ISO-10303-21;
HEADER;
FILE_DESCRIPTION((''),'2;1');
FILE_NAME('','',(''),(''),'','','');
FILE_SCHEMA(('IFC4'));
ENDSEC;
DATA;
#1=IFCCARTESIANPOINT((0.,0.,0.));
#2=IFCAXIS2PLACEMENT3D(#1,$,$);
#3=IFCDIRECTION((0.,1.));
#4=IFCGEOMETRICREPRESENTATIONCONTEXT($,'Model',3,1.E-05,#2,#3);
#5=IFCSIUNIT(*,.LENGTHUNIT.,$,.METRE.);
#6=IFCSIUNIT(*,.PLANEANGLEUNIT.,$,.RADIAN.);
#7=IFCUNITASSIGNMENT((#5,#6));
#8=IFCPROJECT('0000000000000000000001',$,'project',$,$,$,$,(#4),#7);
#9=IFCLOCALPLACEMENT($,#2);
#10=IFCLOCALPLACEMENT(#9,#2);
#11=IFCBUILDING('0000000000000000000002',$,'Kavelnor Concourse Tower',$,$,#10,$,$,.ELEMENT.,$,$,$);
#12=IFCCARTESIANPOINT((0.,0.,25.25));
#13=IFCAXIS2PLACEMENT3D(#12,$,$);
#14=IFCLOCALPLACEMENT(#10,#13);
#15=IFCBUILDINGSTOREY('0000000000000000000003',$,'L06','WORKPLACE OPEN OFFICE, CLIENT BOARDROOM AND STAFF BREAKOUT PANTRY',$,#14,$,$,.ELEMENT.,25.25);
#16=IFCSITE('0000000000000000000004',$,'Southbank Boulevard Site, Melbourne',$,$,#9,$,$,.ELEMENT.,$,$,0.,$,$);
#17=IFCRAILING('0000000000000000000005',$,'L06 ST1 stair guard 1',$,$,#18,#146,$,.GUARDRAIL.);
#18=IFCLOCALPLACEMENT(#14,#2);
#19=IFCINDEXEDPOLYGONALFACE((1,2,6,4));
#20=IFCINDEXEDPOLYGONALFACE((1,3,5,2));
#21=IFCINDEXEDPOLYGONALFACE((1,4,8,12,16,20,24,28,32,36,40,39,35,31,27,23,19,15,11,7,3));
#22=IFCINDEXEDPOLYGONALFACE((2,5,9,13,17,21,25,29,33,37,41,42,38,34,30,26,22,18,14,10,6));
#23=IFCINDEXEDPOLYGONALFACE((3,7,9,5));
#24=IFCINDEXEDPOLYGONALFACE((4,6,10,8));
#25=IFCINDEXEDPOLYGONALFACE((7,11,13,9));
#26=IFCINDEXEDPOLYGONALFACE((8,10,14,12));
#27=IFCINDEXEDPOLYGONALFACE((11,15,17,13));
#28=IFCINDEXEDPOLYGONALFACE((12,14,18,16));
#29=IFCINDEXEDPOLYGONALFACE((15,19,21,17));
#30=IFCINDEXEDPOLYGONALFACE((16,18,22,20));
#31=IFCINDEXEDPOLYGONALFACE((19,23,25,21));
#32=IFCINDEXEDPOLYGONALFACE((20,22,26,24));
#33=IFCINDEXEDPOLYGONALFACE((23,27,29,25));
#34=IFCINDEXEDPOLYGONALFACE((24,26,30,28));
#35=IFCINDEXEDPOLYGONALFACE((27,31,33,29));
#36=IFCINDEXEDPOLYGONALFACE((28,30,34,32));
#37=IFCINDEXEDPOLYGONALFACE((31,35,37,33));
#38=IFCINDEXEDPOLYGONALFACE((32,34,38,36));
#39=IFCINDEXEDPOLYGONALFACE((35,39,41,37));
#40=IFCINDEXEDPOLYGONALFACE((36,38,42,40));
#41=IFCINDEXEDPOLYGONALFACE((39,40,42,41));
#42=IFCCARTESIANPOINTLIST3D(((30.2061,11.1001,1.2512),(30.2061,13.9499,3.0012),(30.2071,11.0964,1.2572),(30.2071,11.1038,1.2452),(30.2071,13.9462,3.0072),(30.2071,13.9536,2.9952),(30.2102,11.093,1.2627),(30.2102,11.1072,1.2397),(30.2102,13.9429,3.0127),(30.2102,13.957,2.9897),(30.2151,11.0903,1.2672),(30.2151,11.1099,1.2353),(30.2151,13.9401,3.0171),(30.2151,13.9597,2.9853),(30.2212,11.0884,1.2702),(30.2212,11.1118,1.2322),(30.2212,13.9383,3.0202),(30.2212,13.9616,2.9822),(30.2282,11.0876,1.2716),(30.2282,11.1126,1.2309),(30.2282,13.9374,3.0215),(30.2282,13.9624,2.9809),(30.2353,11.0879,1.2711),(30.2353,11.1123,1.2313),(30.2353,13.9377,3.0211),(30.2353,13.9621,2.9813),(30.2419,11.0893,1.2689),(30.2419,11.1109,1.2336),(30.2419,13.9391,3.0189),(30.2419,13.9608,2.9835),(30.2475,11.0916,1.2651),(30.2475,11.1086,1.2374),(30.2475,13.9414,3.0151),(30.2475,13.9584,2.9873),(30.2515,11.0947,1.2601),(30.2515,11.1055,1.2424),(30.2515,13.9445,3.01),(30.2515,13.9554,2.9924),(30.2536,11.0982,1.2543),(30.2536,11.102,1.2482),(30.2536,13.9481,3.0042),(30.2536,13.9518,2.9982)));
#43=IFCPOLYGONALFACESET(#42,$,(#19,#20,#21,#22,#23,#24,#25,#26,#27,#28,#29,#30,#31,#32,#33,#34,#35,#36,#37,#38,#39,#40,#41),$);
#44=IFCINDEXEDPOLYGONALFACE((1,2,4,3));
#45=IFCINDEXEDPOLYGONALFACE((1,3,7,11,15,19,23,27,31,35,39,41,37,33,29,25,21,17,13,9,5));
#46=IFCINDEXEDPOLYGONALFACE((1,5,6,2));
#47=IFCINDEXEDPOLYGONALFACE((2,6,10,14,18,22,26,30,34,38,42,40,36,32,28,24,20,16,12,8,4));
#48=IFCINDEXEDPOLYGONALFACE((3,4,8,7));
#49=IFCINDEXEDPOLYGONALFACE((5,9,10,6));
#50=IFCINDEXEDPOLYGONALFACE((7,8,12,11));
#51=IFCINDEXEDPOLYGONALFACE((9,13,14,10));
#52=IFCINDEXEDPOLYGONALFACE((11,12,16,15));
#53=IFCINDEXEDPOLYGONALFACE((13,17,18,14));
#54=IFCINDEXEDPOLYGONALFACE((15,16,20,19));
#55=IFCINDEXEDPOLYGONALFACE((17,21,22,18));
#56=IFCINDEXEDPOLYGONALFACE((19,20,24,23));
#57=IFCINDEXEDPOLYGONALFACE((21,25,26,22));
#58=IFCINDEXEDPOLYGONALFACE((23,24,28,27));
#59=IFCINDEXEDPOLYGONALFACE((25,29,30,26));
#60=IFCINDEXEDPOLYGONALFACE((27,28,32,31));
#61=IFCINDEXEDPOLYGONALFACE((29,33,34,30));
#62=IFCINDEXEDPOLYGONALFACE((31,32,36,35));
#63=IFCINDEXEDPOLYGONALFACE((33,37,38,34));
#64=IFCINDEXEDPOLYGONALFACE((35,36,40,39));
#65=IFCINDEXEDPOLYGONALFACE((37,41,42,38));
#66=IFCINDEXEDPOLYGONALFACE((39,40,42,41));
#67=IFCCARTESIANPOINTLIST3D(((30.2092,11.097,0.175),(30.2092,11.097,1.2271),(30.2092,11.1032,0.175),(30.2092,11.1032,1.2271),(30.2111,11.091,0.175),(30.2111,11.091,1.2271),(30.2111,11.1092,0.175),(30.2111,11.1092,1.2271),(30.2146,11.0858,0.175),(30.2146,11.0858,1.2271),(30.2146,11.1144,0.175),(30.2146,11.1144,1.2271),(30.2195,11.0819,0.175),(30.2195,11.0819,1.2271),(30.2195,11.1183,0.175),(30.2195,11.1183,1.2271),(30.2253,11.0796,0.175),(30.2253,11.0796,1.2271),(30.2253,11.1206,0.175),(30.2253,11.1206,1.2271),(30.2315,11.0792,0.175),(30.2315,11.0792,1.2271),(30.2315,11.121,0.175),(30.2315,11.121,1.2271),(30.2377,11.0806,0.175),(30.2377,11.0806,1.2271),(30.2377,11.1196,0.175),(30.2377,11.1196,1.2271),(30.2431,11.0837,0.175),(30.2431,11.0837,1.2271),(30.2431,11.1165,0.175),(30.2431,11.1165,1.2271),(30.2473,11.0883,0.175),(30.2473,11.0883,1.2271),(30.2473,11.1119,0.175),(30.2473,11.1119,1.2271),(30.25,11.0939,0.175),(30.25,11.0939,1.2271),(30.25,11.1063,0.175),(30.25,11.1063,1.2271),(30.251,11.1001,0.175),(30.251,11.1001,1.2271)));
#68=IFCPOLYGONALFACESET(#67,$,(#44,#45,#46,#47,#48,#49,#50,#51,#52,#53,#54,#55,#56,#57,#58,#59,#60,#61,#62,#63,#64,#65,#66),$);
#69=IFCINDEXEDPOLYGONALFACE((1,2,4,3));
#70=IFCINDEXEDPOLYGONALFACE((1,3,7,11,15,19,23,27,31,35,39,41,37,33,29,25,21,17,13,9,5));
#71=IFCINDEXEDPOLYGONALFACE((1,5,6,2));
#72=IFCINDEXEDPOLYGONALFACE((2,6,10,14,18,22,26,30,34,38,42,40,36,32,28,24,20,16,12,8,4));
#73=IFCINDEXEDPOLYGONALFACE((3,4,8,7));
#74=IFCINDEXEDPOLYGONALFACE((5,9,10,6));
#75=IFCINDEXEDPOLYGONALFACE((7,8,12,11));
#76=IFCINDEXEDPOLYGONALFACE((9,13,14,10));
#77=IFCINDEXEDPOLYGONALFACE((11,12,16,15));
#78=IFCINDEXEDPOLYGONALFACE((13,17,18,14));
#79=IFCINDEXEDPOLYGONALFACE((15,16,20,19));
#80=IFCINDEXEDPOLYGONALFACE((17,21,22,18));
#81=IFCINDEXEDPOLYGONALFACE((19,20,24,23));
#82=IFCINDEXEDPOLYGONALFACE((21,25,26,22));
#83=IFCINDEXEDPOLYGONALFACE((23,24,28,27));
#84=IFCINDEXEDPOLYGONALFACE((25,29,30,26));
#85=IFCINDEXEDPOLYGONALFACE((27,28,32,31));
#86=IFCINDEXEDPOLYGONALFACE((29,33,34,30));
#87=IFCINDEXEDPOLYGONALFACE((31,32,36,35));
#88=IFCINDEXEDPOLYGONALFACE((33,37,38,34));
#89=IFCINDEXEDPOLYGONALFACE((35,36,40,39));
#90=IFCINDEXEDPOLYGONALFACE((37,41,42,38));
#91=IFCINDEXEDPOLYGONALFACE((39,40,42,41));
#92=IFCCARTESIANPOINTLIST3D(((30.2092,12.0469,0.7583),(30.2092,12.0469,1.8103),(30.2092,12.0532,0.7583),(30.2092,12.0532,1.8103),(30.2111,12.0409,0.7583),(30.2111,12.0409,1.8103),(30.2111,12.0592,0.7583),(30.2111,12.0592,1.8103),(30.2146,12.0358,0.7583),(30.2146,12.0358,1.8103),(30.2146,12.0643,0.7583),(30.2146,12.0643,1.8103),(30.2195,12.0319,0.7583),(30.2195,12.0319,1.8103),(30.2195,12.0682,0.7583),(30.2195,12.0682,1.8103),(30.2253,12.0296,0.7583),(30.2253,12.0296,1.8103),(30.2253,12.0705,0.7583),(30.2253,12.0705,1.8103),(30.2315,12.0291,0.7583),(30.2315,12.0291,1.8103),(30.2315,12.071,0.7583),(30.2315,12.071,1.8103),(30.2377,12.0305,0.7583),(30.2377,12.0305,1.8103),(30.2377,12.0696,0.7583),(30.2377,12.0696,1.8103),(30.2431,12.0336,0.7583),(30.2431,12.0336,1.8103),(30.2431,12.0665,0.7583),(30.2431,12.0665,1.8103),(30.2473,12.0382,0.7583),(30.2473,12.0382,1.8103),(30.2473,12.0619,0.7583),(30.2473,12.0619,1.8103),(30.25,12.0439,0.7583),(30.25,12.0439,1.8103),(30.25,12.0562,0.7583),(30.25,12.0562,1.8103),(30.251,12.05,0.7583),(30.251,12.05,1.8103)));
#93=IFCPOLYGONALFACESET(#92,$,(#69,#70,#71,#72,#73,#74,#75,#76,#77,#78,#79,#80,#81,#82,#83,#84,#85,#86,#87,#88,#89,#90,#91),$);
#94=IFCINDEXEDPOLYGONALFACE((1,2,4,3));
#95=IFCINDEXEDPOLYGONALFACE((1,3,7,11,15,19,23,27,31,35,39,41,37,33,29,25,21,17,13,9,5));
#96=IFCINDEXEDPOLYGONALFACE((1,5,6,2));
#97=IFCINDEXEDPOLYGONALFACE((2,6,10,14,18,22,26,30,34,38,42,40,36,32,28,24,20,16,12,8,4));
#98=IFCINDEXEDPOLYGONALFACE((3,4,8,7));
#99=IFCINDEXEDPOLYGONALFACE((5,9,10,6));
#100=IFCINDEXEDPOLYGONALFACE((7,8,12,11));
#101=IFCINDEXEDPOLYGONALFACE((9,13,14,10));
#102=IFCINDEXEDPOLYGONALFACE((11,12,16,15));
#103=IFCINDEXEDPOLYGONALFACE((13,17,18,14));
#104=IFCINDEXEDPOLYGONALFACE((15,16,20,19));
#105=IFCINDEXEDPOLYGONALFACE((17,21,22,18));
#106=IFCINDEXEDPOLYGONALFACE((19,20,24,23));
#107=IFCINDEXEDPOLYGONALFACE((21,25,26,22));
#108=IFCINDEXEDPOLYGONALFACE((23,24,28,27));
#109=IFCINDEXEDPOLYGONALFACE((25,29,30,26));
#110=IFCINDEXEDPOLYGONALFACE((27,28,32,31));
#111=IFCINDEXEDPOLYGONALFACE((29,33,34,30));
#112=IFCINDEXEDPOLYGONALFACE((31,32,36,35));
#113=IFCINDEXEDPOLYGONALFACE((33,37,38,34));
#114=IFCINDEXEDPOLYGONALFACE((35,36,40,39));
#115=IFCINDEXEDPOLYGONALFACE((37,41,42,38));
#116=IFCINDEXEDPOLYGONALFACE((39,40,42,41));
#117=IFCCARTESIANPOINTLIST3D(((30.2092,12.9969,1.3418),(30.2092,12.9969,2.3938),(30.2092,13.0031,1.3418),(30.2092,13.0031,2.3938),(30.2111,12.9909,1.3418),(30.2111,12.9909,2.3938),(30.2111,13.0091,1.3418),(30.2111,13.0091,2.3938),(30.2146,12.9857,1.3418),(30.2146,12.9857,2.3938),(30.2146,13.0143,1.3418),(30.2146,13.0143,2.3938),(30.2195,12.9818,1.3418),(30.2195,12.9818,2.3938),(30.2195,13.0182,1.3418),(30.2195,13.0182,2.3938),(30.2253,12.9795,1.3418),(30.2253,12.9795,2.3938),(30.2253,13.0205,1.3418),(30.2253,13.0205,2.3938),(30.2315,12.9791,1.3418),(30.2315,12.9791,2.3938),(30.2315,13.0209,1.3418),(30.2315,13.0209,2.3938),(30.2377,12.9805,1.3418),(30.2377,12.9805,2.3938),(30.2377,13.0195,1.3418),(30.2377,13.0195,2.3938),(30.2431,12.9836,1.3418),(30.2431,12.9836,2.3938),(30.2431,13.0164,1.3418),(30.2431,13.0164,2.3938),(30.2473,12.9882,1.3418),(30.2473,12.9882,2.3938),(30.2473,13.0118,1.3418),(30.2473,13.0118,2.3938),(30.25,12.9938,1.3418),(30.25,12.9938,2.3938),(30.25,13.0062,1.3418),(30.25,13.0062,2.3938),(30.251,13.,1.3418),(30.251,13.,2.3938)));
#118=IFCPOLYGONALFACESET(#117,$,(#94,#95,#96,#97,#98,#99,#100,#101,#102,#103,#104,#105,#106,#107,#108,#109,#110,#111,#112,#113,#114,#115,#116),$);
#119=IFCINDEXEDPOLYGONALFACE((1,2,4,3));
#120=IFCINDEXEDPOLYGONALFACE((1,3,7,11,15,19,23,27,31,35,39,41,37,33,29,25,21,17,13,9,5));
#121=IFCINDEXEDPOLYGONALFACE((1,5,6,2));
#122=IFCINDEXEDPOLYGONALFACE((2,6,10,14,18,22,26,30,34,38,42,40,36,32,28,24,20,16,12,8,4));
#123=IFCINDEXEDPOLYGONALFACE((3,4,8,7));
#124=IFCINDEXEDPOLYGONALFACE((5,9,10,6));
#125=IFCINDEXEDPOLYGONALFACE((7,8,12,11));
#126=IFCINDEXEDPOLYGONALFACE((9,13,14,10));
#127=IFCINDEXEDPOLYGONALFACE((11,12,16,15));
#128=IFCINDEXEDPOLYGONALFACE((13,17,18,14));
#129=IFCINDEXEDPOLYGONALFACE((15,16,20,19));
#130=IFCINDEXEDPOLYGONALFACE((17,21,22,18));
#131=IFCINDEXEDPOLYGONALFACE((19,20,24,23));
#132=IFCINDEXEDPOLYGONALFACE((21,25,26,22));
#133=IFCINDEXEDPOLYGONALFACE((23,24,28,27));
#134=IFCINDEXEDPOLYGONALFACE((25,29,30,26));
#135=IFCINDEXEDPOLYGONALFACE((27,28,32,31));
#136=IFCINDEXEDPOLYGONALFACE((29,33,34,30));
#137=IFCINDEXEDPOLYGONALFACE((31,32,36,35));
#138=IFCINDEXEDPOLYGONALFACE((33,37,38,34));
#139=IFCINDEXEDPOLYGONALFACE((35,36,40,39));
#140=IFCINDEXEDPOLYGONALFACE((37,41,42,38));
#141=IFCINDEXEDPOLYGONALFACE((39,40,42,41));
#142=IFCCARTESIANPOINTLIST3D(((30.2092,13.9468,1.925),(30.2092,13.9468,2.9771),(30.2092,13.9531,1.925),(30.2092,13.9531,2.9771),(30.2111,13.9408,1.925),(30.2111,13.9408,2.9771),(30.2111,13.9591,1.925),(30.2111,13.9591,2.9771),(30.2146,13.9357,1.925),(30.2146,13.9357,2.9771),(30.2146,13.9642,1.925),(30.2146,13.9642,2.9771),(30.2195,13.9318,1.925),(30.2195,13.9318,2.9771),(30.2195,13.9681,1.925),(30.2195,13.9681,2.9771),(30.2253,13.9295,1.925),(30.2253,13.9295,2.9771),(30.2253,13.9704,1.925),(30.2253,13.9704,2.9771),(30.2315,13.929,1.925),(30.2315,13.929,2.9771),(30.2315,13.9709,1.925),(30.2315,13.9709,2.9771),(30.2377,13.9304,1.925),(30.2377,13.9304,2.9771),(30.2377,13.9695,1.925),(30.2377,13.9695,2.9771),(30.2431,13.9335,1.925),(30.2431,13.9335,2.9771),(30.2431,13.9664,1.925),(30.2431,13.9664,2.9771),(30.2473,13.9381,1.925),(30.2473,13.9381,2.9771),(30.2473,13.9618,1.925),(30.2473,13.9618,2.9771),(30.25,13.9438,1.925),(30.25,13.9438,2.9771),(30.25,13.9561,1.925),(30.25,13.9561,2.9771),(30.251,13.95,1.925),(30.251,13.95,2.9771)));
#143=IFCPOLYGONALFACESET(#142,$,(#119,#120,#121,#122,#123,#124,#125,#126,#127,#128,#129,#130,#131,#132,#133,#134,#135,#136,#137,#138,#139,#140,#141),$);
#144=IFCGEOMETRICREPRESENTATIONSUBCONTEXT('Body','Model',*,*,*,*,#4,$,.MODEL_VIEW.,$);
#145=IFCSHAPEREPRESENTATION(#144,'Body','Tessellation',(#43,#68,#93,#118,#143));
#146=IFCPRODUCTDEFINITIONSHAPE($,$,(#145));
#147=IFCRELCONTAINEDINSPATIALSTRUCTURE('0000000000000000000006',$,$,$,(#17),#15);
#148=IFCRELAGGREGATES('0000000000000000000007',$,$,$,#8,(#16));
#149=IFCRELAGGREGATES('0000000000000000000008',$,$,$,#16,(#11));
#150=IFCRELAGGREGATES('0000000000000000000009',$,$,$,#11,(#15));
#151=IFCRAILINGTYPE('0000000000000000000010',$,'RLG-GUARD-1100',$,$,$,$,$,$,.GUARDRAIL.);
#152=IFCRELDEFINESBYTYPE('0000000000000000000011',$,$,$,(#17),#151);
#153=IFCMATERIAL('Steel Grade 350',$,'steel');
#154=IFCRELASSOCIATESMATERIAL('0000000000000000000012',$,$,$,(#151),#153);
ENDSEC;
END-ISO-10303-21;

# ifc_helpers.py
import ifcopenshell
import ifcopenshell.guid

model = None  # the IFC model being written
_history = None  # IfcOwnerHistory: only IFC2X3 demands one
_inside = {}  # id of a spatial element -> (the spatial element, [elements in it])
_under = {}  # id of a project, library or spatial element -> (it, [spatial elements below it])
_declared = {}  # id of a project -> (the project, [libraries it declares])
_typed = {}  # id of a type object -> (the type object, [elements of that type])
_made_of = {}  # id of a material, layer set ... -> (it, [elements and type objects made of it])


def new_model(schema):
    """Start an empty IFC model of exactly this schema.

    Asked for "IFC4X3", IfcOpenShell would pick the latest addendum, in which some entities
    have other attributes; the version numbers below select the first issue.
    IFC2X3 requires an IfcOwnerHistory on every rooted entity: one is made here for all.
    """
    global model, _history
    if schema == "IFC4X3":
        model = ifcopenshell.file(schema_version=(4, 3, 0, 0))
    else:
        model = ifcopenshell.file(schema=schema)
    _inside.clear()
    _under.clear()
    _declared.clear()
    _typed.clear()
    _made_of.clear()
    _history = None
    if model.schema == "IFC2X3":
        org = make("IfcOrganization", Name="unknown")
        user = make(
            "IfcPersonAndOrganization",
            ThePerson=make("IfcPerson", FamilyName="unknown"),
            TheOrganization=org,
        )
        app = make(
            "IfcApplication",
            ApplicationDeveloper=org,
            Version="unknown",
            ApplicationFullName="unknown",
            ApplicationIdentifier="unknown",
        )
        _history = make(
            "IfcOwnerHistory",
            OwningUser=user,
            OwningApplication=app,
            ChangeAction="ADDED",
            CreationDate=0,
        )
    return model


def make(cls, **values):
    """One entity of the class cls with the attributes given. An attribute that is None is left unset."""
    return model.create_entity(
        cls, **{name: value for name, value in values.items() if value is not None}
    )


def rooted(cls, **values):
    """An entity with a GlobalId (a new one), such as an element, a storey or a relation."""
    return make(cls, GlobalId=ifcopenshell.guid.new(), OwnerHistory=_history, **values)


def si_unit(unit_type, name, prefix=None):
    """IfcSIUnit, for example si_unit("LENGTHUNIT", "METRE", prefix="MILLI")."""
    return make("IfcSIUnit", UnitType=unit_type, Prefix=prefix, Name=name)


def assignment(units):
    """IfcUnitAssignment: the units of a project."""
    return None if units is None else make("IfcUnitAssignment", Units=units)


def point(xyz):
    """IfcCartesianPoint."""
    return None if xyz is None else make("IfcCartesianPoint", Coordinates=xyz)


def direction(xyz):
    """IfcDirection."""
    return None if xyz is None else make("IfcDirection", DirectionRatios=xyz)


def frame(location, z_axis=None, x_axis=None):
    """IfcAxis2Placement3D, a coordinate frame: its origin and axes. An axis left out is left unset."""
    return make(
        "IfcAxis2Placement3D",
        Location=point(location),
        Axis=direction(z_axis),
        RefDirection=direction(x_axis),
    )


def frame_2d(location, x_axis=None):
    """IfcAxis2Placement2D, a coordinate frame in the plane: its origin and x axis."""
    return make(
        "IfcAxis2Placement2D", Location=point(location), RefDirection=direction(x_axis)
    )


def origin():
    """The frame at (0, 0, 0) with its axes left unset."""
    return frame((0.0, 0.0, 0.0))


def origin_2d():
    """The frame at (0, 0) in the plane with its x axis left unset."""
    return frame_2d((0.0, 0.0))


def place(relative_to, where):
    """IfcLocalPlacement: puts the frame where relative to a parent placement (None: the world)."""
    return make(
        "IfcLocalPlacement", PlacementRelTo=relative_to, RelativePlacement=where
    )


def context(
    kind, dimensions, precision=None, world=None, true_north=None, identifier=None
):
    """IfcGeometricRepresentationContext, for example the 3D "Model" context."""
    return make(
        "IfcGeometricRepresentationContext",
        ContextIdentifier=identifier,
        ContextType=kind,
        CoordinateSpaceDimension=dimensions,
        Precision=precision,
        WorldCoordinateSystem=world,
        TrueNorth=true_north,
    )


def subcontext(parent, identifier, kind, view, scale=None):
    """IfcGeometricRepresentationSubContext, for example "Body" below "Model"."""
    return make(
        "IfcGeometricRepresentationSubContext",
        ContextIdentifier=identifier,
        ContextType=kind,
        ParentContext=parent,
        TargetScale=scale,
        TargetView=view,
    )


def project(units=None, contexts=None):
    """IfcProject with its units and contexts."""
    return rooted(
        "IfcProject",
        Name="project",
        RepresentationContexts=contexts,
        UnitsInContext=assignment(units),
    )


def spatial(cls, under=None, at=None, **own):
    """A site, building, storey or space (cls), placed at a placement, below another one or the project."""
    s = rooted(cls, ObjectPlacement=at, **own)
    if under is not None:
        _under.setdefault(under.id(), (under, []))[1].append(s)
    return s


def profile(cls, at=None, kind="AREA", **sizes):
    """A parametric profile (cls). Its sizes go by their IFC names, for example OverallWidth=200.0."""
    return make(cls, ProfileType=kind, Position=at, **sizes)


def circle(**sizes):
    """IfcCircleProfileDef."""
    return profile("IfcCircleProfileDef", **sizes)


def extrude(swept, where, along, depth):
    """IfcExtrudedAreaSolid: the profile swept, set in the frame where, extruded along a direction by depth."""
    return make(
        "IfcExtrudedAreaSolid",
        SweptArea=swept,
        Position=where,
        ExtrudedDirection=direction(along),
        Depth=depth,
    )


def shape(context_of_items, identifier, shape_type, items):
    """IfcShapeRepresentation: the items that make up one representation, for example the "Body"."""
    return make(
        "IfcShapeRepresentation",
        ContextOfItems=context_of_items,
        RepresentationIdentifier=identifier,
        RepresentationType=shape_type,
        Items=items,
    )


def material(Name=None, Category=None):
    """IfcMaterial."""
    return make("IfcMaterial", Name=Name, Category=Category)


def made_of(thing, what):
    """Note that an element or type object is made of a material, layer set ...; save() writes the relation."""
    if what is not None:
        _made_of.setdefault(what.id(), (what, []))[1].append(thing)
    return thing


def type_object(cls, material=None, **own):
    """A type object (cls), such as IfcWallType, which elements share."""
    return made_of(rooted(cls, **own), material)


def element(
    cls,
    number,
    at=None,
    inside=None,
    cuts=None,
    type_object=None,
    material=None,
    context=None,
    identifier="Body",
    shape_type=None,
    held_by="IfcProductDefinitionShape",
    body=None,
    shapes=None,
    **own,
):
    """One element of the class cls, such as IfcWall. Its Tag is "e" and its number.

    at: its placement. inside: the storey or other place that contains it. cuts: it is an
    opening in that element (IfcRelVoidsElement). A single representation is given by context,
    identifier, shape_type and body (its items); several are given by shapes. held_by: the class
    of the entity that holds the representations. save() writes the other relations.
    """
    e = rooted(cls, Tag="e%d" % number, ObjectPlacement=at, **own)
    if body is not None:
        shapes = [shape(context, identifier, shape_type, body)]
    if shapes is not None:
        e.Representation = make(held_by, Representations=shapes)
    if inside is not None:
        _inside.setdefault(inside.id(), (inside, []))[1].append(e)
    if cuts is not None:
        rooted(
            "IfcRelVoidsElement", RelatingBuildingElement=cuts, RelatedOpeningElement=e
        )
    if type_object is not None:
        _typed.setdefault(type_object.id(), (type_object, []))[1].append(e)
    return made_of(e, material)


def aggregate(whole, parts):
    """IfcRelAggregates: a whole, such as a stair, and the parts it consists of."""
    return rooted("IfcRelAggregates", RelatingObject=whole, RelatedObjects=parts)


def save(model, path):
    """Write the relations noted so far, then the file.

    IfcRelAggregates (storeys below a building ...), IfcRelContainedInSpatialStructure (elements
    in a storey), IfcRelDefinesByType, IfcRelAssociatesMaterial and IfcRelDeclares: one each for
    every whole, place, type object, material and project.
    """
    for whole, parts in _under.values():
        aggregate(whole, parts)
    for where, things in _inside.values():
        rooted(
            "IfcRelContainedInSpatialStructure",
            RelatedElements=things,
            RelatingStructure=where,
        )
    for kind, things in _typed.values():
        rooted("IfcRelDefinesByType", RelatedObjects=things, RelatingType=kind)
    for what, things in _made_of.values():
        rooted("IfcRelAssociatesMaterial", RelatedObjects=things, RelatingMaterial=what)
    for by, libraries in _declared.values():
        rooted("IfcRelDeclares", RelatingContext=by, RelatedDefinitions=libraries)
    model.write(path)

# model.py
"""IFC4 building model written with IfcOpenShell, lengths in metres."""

from ifc_helpers import new_model, si_unit, direction, frame, origin, origin_2d, place, context, subcontext, project, spatial, circle, extrude, material, type_object, element, save


model = new_model("IFC4")

# Units and contexts
model_context = context("Model", 3, precision=1e-05, world=origin(), true_north=direction((0.0, 1.0)))
body_context = subcontext(model_context, "Body", "Model", "MODEL_VIEW")
ifc_project = project(units=[si_unit("LENGTHUNIT", "METRE"), si_unit("PLANEANGLEUNIT", "RADIAN")], contexts=[model_context])

# Site, building, storey
site_placement = place(None, origin())
site = spatial("IfcSite", under=ifc_project, at=site_placement, Name="Southbank Boulevard Site, Melbourne", CompositionType="ELEMENT", RefElevation=0.0)
building_placement = place(site_placement, origin())
building = spatial("IfcBuilding", under=site, at=building_placement, Name="Kavelnor Concourse Tower", CompositionType="ELEMENT")
storey_placement = place(building_placement, frame((0.0, 0.0, 25.25)))
storey = spatial("IfcBuildingStorey", under=building, at=storey_placement, Name="L06", Description="WORKPLACE OPEN OFFICE, CLIENT BOARDROOM AND STAFF BREAKOUT PANTRY", CompositionType="ELEMENT", Elevation=25.25)

# Shared definitions
ifc_material_1 = material(Name="Steel Grade 350", Category="steel")

# Railing
railing_type_1 = type_object("IfcRailingType", Name="RLG-GUARD-1100", PredefinedType="GUARDRAIL", material=ifc_material_1)
railing_1_placement = place(storey_placement, frame((30.23, 11.1001, 0.175)))
element("IfcRailing", 1, at=railing_1_placement, inside=storey, type_object=railing_type_1, Name="L06 ST1 stair guard 1", PredefinedType="GUARDRAIL", context=body_context, shape_type="SweptSolid", body=[
    extrude(circle(Radius=0.0239, at=origin_2d()), frame((0.0, 0.0, 1.0762), z_axis=(0.0, 0.852159, 0.523283), x_axis=(-1.0, 0.0, 0.0)), (0.0, 0.0, 1.0), 3.3442),
    extrude(circle(Radius=0.021, at=origin_2d()), origin(), (0.0, 0.0, 1.0), 1.052),
    extrude(circle(Radius=0.021, at=origin_2d()), frame((0.0, 0.95, 0.5833)), (0.0, 0.0, 1.0), 1.052),
    extrude(circle(Radius=0.021, at=origin_2d()), frame((0.0, 1.8999, 1.1667)), (0.0, 0.0, 1.0), 1.052),
    extrude(circle(Radius=0.021, at=origin_2d()), frame((0.0, 2.8499, 1.75)), (0.0, 0.0, 1.0), 1.052),
])

save(model, "model.ifc")
